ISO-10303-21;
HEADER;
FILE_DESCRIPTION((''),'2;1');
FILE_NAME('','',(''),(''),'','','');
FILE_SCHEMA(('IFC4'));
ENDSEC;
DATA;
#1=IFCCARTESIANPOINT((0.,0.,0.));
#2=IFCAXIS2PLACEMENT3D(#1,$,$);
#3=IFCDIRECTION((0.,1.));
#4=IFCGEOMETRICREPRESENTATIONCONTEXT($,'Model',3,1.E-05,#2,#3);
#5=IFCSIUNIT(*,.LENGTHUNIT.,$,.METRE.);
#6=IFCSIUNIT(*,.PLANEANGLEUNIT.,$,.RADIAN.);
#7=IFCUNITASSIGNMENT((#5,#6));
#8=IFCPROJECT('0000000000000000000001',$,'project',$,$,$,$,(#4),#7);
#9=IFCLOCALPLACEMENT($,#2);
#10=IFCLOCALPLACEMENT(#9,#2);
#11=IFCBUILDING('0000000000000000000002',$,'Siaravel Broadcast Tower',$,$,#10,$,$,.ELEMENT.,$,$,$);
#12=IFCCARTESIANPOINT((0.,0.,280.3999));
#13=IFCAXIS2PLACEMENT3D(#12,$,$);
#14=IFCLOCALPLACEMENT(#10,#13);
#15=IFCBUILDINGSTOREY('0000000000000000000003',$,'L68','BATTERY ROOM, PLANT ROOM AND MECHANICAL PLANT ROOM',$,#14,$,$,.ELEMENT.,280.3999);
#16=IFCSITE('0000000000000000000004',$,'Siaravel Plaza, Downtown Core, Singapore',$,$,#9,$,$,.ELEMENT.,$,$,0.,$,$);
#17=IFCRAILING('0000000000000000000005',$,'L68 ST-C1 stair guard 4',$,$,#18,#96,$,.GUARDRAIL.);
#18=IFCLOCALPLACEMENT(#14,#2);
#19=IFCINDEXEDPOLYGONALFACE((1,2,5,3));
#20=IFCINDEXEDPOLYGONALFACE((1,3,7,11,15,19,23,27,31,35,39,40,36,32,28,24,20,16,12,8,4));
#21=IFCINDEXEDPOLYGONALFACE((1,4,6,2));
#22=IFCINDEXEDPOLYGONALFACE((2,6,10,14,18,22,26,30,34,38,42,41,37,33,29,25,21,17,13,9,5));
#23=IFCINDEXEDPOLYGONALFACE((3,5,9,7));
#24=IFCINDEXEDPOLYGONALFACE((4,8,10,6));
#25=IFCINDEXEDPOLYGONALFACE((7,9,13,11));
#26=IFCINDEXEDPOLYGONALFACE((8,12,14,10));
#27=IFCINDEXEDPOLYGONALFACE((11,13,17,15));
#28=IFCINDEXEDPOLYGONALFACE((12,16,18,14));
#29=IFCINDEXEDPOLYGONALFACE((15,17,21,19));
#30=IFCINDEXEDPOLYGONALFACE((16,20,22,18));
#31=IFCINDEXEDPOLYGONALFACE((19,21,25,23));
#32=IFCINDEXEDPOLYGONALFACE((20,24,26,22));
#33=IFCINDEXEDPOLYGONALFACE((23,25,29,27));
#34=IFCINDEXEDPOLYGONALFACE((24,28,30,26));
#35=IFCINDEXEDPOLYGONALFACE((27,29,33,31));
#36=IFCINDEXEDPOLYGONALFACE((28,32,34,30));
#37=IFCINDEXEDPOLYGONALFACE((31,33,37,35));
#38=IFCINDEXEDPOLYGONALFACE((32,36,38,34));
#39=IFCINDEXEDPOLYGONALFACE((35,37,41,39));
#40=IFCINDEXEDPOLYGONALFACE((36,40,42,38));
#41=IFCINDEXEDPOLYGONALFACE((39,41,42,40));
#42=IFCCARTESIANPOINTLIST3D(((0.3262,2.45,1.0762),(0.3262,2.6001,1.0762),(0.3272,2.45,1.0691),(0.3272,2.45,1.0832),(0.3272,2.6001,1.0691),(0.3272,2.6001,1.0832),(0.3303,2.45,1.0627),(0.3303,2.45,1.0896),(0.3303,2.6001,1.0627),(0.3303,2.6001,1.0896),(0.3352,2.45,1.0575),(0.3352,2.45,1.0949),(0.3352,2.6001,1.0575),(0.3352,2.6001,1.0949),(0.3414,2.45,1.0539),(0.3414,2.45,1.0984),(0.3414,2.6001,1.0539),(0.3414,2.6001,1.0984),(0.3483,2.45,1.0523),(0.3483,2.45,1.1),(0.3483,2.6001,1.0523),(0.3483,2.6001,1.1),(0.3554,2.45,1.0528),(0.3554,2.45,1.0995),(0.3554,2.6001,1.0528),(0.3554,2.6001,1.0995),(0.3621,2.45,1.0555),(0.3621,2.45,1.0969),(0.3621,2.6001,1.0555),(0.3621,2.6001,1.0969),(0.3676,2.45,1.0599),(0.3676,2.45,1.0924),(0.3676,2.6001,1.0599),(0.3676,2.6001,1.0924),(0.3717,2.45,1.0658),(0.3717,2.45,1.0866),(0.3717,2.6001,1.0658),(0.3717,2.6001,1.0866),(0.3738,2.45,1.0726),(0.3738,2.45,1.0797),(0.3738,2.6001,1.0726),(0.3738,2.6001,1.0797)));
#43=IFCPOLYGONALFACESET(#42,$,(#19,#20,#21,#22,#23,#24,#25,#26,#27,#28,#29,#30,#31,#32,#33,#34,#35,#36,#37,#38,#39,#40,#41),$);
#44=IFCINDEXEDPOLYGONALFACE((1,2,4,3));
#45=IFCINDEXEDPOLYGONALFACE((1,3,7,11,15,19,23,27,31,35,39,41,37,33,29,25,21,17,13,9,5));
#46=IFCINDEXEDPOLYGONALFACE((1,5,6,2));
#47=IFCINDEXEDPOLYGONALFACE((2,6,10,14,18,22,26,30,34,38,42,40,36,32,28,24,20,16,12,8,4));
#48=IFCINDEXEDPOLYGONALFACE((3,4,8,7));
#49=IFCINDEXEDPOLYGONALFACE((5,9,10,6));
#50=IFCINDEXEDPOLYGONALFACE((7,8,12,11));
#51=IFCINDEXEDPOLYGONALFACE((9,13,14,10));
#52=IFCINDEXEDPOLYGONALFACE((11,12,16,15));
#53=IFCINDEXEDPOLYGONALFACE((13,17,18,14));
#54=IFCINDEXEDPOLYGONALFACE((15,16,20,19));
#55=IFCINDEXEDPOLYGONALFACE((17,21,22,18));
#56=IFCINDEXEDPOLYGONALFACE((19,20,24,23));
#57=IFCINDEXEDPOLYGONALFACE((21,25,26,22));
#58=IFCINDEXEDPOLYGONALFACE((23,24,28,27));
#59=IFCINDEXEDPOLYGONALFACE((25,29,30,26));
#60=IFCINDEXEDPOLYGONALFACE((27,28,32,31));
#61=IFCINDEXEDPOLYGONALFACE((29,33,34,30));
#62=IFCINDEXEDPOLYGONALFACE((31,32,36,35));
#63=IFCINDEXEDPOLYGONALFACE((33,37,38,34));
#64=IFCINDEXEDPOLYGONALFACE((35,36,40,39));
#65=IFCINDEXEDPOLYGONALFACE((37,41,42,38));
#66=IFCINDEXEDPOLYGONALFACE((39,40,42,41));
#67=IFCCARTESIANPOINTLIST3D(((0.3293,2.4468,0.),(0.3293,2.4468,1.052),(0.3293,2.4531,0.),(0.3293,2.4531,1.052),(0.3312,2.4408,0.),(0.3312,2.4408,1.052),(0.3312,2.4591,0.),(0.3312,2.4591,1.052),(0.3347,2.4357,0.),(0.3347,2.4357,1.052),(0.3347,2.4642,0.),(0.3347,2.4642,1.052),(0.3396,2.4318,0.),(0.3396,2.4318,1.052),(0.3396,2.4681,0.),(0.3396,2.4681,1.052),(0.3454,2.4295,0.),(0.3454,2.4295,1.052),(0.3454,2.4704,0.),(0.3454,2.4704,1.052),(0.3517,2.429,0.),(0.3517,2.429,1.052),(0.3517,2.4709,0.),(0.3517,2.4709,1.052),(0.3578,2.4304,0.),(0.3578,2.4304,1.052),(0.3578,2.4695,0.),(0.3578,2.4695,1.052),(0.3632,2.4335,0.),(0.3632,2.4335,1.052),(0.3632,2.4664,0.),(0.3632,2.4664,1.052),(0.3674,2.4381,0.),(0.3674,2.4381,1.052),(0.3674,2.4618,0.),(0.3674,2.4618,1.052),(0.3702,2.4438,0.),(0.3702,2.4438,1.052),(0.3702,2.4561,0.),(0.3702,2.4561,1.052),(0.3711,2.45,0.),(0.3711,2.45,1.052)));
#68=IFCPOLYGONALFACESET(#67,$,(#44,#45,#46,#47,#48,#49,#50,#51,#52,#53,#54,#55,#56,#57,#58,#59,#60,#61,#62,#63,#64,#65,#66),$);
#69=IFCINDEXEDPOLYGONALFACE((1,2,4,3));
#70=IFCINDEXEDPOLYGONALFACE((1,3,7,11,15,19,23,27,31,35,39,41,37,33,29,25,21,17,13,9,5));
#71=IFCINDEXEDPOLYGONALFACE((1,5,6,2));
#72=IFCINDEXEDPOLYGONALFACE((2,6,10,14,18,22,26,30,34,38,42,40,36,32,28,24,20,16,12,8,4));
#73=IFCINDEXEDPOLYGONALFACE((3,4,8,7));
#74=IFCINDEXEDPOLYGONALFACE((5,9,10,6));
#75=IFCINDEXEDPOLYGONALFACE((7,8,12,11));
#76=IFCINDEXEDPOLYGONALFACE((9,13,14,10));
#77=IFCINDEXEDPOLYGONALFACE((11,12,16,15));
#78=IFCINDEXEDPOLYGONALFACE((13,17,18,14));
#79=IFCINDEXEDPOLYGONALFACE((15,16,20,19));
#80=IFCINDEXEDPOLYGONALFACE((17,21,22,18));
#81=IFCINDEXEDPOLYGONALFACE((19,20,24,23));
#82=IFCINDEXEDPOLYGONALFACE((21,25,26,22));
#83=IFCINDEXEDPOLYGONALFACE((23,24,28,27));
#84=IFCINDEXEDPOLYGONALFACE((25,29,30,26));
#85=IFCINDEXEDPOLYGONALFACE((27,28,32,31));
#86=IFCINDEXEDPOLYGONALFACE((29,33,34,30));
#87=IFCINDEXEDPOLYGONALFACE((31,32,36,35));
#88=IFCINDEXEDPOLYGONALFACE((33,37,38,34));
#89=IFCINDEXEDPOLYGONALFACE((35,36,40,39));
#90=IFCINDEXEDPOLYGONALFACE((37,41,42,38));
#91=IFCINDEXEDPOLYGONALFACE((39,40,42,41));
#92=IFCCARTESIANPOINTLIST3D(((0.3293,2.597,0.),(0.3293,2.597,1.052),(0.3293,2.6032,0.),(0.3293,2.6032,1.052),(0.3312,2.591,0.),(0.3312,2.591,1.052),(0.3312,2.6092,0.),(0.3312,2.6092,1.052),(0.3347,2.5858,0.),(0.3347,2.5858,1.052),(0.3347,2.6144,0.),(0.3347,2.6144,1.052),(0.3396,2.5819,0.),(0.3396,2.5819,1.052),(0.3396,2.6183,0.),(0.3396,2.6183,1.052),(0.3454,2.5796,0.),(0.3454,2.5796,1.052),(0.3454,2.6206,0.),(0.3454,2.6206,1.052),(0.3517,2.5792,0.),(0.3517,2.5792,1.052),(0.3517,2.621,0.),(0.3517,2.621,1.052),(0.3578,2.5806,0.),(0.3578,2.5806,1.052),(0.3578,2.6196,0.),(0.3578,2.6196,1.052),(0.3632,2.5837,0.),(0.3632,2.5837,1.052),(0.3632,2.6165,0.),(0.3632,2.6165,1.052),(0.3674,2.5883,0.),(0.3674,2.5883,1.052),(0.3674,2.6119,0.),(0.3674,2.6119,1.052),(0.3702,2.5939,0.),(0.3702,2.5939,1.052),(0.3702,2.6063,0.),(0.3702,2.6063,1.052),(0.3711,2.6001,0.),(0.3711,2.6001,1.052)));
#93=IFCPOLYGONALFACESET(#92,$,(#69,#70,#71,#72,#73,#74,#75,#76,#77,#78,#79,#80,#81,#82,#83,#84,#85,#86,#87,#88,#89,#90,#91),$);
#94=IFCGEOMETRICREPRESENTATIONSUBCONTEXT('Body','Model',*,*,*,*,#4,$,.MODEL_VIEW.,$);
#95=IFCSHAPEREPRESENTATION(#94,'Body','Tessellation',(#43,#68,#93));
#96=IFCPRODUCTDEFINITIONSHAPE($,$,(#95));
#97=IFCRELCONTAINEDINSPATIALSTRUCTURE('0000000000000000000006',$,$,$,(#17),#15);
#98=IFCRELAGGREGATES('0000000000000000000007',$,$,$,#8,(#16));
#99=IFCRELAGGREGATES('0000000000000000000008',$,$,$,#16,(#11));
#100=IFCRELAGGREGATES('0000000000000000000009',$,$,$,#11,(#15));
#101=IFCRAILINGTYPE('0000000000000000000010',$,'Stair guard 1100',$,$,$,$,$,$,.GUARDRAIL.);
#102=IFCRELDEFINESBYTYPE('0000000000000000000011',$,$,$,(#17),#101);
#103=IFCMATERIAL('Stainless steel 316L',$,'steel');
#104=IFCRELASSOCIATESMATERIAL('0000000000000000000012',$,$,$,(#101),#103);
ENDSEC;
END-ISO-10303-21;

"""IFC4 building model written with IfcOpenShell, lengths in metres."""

from ifc_helpers import new_model, si_unit, direction, frame, origin, origin_2d, place, context, subcontext, project, spatial, circle, extrude, material, type_object, element, save


model = new_model("IFC4")

# Units and contexts
model_context = context("Model", 3, precision=1e-05, world=origin(), true_north=direction((0.0, 1.0)))
body_context = subcontext(model_context, "Body", "Model", "MODEL_VIEW")
ifc_project = project(units=[si_unit("LENGTHUNIT", "METRE"), si_unit("PLANEANGLEUNIT", "RADIAN")], contexts=[model_context])

# Site, building, storey
site_placement = place(None, origin())
site = spatial("IfcSite", under=ifc_project, at=site_placement, Name="Siaravel Plaza, Downtown Core, Singapore", CompositionType="ELEMENT", RefElevation=0.0)
building_placement = place(site_placement, origin())
building = spatial("IfcBuilding", under=site, at=building_placement, Name="Siaravel Broadcast Tower", CompositionType="ELEMENT")
storey_placement = place(building_placement, frame((0.0, 0.0, 280.3999)))
storey = spatial("IfcBuildingStorey", under=building, at=storey_placement, Name="L68", Description="BATTERY ROOM, PLANT ROOM AND MECHANICAL PLANT ROOM", CompositionType="ELEMENT", Elevation=280.3999)

# Railing
ifc_material_1 = material(Name="Stainless steel 316L", Category="steel")
railing_type_1 = type_object("IfcRailingType", Name="Stair guard 1100", PredefinedType="GUARDRAIL", material=ifc_material_1)
railing_1_placement = place(storey_placement, frame((0.3501, 2.45, 0.0)))
element("IfcRailing", 1, at=railing_1_placement, inside=storey, type_object=railing_type_1, Name="L68 ST-C1 stair guard 4", PredefinedType="GUARDRAIL", context=body_context, shape_type="SweptSolid", body=[
    extrude(circle(Radius=0.0239, at=origin_2d()), frame((0.0, 0.0, 1.0762), z_axis=(0.0, 1.0, 0.0), x_axis=(-1.0, 0.0, 0.0)), (0.0, 0.0, 1.0), 0.1501),
    extrude(circle(Radius=0.021, at=origin_2d()), origin(), (0.0, 0.0, 1.0), 1.052),
    extrude(circle(Radius=0.021, at=origin_2d()), frame((0.0, 0.1501, 0.0)), (0.0, 0.0, 1.0), 1.052),
])

save(model, "model.ifc")
